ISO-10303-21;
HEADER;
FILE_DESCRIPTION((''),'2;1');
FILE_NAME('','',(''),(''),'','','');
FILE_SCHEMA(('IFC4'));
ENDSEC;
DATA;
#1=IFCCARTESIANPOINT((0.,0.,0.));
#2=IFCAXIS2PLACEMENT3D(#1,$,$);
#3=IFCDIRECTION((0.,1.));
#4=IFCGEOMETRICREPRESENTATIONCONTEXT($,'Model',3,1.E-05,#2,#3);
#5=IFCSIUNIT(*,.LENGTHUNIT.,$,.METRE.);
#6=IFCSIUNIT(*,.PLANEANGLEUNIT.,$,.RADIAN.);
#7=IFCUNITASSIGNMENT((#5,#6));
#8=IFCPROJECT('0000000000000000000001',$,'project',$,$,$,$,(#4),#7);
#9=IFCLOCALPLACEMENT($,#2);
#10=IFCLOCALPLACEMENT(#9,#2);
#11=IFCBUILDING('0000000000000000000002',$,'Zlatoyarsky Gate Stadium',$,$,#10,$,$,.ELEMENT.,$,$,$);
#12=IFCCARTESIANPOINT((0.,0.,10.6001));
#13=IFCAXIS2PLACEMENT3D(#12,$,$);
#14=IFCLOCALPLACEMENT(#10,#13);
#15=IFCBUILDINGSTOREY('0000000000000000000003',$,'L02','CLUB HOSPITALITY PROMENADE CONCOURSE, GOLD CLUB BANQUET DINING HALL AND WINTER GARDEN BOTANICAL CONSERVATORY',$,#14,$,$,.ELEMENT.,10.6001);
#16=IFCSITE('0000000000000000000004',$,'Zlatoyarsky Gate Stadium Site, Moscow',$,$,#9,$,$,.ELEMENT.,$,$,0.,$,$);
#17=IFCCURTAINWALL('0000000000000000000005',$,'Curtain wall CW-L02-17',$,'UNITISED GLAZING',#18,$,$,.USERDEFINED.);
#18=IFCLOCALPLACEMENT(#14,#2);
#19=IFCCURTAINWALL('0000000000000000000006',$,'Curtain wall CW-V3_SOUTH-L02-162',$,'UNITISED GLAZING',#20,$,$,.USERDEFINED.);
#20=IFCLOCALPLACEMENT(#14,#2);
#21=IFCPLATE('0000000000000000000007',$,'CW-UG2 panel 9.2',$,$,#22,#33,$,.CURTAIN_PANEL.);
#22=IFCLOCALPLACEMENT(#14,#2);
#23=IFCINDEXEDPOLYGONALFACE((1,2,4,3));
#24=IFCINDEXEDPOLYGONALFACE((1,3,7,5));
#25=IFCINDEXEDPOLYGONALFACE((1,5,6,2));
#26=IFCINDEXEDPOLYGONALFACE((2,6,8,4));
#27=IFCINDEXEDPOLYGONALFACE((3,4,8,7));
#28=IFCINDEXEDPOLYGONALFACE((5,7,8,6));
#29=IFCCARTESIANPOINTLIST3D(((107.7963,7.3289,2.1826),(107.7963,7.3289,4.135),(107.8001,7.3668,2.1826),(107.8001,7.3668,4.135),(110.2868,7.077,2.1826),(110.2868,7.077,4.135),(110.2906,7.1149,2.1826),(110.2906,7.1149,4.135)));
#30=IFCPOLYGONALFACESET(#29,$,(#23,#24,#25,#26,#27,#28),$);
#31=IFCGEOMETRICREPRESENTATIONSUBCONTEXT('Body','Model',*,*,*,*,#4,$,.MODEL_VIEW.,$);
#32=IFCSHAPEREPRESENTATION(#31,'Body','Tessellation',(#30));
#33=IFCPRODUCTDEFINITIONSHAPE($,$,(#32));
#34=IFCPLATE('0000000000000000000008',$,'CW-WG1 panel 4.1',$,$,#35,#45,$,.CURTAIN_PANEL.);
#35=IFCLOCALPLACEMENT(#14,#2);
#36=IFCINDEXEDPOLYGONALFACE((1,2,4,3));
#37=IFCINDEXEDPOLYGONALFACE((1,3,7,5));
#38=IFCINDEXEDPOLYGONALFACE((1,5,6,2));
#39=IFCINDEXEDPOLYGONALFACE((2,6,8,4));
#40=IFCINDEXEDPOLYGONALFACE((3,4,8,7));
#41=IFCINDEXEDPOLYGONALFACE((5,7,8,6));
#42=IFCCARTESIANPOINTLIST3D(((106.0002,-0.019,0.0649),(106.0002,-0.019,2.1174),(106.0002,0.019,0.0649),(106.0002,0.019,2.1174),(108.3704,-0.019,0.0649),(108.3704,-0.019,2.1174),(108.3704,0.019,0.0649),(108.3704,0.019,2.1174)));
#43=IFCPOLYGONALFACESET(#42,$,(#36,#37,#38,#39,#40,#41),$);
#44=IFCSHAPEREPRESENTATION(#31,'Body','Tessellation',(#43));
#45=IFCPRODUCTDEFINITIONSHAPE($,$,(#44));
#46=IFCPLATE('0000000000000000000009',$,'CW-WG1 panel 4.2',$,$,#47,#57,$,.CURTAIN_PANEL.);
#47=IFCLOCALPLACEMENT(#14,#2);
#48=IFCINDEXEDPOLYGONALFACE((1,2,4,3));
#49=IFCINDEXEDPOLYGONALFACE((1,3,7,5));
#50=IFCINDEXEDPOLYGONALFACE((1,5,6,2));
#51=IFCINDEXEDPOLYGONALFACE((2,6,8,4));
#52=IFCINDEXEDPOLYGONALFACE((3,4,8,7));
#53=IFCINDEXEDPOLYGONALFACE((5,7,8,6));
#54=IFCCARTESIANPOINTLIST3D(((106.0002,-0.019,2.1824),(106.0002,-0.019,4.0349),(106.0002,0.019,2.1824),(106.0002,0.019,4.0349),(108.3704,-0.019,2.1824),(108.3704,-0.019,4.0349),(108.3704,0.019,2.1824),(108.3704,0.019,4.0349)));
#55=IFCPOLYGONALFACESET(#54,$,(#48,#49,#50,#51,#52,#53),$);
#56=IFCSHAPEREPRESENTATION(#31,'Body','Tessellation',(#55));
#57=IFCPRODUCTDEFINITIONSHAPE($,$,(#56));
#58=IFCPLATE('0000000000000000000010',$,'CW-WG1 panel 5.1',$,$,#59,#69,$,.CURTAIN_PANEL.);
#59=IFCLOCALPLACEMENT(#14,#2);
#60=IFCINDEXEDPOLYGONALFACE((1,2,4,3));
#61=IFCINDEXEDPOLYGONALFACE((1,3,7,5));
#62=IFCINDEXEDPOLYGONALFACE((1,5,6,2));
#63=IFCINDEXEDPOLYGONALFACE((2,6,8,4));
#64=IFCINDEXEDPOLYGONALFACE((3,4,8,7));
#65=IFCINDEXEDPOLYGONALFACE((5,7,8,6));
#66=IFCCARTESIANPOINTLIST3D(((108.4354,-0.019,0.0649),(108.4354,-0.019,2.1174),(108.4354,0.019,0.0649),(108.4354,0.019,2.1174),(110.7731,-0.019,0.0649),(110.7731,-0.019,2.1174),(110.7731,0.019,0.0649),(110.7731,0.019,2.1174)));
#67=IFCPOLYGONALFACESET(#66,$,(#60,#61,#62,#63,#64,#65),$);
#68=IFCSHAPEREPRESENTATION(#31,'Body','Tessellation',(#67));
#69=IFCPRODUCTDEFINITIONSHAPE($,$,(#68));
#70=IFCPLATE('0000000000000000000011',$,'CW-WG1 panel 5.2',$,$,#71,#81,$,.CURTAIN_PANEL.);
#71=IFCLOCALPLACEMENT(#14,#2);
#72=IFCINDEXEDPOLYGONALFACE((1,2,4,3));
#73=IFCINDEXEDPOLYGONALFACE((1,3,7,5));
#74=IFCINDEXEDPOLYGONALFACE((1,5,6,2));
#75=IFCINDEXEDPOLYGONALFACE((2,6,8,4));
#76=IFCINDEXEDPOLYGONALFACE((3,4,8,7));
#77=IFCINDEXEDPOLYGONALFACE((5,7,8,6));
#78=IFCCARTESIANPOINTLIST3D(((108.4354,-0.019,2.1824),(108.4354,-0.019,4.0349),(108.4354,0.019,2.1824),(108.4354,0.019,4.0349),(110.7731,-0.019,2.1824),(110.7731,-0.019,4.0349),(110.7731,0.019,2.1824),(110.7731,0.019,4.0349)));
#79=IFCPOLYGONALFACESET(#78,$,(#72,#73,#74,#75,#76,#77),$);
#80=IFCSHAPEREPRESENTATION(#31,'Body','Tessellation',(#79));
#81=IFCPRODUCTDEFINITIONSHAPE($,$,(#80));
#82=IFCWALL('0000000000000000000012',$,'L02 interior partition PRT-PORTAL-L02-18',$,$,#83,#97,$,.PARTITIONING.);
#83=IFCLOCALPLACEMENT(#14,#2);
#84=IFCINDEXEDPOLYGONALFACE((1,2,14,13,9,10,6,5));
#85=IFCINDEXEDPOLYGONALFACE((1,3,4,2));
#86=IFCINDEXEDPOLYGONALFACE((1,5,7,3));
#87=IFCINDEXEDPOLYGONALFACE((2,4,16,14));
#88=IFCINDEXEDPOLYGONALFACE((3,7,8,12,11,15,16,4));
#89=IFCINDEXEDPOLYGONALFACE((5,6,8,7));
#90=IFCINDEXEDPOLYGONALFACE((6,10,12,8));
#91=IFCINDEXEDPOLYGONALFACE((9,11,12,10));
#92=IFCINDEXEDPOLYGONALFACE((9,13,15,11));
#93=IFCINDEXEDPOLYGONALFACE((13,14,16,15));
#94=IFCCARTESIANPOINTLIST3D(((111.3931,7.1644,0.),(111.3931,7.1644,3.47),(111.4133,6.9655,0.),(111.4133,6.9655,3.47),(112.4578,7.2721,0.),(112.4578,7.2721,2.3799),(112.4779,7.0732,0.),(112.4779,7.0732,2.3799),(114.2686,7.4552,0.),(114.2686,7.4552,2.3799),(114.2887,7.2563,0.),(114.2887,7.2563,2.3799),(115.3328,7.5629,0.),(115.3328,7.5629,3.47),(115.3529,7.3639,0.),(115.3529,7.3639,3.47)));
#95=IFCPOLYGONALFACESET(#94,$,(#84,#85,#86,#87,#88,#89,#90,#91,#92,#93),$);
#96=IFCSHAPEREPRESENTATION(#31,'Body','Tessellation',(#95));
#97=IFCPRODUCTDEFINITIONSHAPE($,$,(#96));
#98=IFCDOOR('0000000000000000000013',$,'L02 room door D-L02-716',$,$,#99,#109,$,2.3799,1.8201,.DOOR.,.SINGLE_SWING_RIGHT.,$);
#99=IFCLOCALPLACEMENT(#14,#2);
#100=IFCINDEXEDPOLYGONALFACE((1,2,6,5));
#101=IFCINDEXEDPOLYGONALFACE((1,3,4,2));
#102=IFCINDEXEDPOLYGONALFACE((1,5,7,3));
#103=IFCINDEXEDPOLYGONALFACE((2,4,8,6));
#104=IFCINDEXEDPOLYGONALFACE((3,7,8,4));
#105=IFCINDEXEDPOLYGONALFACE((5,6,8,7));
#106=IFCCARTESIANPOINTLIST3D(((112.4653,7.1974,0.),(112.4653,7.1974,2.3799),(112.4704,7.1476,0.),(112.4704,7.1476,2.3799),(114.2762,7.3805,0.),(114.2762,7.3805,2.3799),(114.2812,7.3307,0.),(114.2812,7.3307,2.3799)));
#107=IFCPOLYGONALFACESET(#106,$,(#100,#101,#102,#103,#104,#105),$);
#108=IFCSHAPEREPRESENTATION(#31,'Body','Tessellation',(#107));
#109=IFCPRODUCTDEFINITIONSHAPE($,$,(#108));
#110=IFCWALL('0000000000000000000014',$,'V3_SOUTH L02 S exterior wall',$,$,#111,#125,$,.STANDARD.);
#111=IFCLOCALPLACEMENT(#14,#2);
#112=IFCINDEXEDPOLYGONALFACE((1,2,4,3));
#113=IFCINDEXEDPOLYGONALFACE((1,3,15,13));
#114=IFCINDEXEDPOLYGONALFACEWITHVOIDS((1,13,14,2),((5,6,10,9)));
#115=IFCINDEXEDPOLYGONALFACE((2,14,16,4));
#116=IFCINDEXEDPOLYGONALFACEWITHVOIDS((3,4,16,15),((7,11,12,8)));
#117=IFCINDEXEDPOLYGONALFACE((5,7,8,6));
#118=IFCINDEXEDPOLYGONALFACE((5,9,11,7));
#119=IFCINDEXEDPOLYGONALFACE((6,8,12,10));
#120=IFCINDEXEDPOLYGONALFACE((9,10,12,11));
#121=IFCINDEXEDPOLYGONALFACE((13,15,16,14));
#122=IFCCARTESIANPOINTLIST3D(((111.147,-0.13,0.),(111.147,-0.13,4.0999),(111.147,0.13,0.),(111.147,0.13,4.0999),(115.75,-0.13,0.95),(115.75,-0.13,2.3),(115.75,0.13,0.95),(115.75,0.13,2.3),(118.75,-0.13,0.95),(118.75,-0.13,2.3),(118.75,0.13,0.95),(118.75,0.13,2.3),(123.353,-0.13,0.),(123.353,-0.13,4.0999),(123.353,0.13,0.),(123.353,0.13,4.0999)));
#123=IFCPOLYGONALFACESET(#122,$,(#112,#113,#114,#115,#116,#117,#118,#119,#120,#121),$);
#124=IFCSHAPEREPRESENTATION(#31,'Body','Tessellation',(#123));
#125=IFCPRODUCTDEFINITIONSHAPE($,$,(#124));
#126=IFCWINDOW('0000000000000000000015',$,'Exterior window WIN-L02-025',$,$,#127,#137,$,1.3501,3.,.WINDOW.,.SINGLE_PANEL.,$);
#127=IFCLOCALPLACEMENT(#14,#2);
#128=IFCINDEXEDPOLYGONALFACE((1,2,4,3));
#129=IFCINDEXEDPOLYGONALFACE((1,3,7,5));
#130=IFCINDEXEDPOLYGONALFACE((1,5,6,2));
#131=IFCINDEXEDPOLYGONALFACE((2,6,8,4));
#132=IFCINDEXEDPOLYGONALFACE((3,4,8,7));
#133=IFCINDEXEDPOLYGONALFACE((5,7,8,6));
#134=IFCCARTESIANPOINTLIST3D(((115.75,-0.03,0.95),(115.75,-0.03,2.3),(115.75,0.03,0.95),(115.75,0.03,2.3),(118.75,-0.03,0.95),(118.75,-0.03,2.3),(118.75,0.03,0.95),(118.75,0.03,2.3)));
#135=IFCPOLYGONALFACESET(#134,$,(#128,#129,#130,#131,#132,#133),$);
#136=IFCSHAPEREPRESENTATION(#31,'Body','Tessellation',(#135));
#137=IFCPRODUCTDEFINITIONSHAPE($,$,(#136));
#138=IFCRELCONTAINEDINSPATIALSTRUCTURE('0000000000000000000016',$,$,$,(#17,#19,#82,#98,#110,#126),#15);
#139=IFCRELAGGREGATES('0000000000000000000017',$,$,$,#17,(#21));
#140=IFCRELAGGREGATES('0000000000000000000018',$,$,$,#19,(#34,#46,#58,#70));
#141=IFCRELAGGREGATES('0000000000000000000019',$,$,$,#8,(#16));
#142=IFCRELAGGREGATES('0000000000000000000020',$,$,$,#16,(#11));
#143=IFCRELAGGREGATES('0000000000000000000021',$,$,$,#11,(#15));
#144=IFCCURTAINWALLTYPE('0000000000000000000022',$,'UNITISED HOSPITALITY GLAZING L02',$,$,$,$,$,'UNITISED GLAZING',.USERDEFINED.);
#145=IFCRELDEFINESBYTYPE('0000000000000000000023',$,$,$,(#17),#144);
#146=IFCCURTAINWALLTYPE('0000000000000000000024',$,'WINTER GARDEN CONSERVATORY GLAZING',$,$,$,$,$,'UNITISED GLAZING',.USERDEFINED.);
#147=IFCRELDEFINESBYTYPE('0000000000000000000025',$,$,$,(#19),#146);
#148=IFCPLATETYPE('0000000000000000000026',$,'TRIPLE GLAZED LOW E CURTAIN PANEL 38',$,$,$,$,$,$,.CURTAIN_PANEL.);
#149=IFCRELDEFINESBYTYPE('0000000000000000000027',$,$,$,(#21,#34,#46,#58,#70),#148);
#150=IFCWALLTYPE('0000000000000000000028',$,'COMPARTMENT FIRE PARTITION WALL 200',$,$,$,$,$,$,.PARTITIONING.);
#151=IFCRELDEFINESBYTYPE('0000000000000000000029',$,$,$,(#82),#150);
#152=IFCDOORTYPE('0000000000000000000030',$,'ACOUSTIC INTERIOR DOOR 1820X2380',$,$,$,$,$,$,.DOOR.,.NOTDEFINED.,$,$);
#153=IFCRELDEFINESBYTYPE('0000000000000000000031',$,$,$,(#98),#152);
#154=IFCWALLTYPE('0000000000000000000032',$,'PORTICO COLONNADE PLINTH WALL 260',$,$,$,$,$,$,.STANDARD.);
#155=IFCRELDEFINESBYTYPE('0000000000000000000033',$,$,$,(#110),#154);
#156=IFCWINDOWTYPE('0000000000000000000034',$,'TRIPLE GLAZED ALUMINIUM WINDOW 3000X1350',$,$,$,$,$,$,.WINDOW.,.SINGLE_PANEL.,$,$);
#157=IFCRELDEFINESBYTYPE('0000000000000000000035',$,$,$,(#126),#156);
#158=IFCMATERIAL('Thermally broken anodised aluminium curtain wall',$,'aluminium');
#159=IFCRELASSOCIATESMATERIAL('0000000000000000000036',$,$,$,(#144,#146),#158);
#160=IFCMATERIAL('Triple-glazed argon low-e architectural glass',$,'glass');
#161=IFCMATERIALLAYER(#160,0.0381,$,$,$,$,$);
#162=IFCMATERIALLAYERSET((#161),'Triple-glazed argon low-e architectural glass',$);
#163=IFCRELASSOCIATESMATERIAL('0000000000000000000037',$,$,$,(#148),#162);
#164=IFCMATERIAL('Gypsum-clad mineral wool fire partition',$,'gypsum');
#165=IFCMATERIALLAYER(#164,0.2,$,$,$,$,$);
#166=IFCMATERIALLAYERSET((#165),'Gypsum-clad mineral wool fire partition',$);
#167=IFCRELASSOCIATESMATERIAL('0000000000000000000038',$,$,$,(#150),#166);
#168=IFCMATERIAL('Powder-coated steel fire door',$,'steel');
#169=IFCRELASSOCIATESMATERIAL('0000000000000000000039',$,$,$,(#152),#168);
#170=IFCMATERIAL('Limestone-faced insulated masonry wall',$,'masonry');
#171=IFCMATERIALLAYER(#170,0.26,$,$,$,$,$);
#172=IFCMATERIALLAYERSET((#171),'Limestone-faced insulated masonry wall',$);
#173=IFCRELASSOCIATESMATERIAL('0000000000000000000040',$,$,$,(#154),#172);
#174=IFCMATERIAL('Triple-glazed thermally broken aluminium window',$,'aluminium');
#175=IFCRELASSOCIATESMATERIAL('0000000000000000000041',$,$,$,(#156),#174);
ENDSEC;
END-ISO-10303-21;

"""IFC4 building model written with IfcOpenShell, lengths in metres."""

from ifc_helpers import new_model, si_unit, direction, frame, frame_2d, origin, origin_2d, place, context, subcontext, project, spatial, rectangle, extrude, material, layer, layer_set, type_object, element, fill, aggregate, save


model = new_model("IFC4")

# Units and contexts
model_context = context("Model", 3, precision=1e-05, world=origin(), true_north=direction((0.0, 1.0)))
body_context = subcontext(model_context, "Body", "Model", "MODEL_VIEW")
ifc_project = project(units=[si_unit("LENGTHUNIT", "METRE"), si_unit("PLANEANGLEUNIT", "RADIAN")], contexts=[model_context])

# Site, building, storey
site_placement = place(None, origin())
site = spatial("IfcSite", under=ifc_project, at=site_placement, Name="Zlatoyarsky Gate Stadium Site, Moscow", CompositionType="ELEMENT", RefElevation=0.0)
building_placement = place(site_placement, origin())
building = spatial("IfcBuilding", under=site, at=building_placement, Name="Zlatoyarsky Gate Stadium", CompositionType="ELEMENT")
storey_placement = place(building_placement, frame((0.0, 0.0, 10.6001)))
storey = spatial("IfcBuildingStorey", under=building, at=storey_placement, Name="L02", Description="CLUB HOSPITALITY PROMENADE CONCOURSE, GOLD CLUB BANQUET DINING HALL AND WINTER GARDEN BOTANICAL CONSERVATORY", CompositionType="ELEMENT", Elevation=10.6001)

# Curtain walls
ifc_material_1 = material(Name="Thermally broken anodised aluminium curtain wall", Category="aluminium")
curtain_wall_type_1 = type_object("IfcCurtainWallType", Name="UNITISED HOSPITALITY GLAZING L02", ElementType="UNITISED GLAZING", PredefinedType="USERDEFINED", material=ifc_material_1)
curtain_wall_1_placement = place(storey_placement, origin())
curtain_wall_1 = element("IfcCurtainWall", 1, at=curtain_wall_1_placement, inside=storey, type_object=curtain_wall_type_1, Name="Curtain wall CW-L02-17", ObjectType="UNITISED GLAZING", PredefinedType="USERDEFINED")
curtain_wall_type_2 = type_object("IfcCurtainWallType", Name="WINTER GARDEN CONSERVATORY GLAZING", ElementType="UNITISED GLAZING", PredefinedType="USERDEFINED", material=ifc_material_1)
curtain_wall_2_placement = place(storey_placement, origin())
curtain_wall_2 = element("IfcCurtainWall", 2, at=curtain_wall_2_placement, inside=storey, type_object=curtain_wall_type_2, Name="Curtain wall CW-V3_SOUTH-L02-162", ObjectType="UNITISED GLAZING", PredefinedType="USERDEFINED")

# Plates
ifc_material_2 = material(Name="Triple-glazed argon low-e architectural glass", Category="glass")
ifc_layer_1 = layer(ifc_material_2, 0.0381)
ifc_layer_set_1 = layer_set([ifc_layer_1], Name="Triple-glazed argon low-e architectural glass")
plate_type_1 = type_object("IfcPlateType", Name="TRIPLE GLAZED LOW E CURTAIN PANEL 38", PredefinedType="CURTAIN_PANEL", material=ifc_layer_set_1)
plate_1_placement = place(storey_placement, frame((109.0435, 7.2219, 2.1826), z_axis=(0.0, 0.0, 1.0), x_axis=(0.994922, -0.100645, 0.0)))
plate_1 = element("IfcPlate", 3, at=plate_1_placement, type_object=plate_type_1, Name="CW-UG2 panel 9.2", PredefinedType="CURTAIN_PANEL", context=body_context, shape_type="SweptSolid", body=[
    extrude(rectangle(XDim=2.5032, YDim=0.0381, at=origin_2d()), origin(), (0.0, 0.0, 1.0), 1.9524),
])
aggregate(curtain_wall_1, [plate_1])
plate_2_placement = place(storey_placement, frame((107.1853, 0.0, 0.0649), z_axis=(0.0, 0.0, 1.0), x_axis=(1.0, 0.0, 0.0)))
plate_2 = element("IfcPlate", 4, at=plate_2_placement, type_object=plate_type_1, Name="CW-WG1 panel 4.1", PredefinedType="CURTAIN_PANEL", context=body_context, shape_type="SweptSolid", body=[
    extrude(rectangle(XDim=2.3701, YDim=0.0381, at=origin_2d()), origin(), (0.0, 0.0, 1.0), 2.0525),
])
plate_3_placement = place(storey_placement, frame((107.1853, 0.0, 2.1824), z_axis=(0.0, 0.0, 1.0), x_axis=(1.0, 0.0, 0.0)))
plate_3 = element("IfcPlate", 5, at=plate_3_placement, type_object=plate_type_1, Name="CW-WG1 panel 4.2", PredefinedType="CURTAIN_PANEL", context=body_context, shape_type="SweptSolid", body=[
    extrude(rectangle(XDim=2.3701, YDim=0.0381, at=origin_2d()), origin(), (0.0, 0.0, 1.0), 1.8525),
])
plate_4_placement = place(storey_placement, frame((109.6042, 0.0, 0.0649), z_axis=(0.0, 0.0, 1.0), x_axis=(1.0, 0.0, 0.0)))
plate_4 = element("IfcPlate", 6, at=plate_4_placement, type_object=plate_type_1, Name="CW-WG1 panel 5.1", PredefinedType="CURTAIN_PANEL", context=body_context, shape_type="SweptSolid", body=[
    extrude(rectangle(XDim=2.3376, YDim=0.0381, at=origin_2d()), origin(), (0.0, 0.0, 1.0), 2.0525),
])
plate_5_placement = place(storey_placement, frame((109.6042, 0.0, 2.1824), z_axis=(0.0, 0.0, 1.0), x_axis=(1.0, 0.0, 0.0)))
plate_5 = element("IfcPlate", 7, at=plate_5_placement, type_object=plate_type_1, Name="CW-WG1 panel 5.2", PredefinedType="CURTAIN_PANEL", context=body_context, shape_type="SweptSolid", body=[
    extrude(rectangle(XDim=2.3376, YDim=0.0381, at=origin_2d()), origin(), (0.0, 0.0, 1.0), 1.8525),
])
aggregate(curtain_wall_2, [plate_2, plate_3, plate_4, plate_5])

# Wall, opening, door
ifc_material_3 = material(Name="Gypsum-clad mineral wool fire partition", Category="gypsum")
ifc_layer_2 = layer(ifc_material_3, 0.2)
ifc_layer_set_2 = layer_set([ifc_layer_2], Name="Gypsum-clad mineral wool fire partition")
wall_type_1 = type_object("IfcWallType", Name="COMPARTMENT FIRE PARTITION WALL 200", PredefinedType="PARTITIONING", material=ifc_layer_set_2)
wall_1_placement = place(storey_placement, frame((111.4031, 7.0649, 0.0), z_axis=(0.0, 0.0, 1.0), x_axis=(0.994925, 0.100621, 0.0)))
wall_1 = element("IfcWall", 8, at=wall_1_placement, inside=storey, type_object=wall_type_1, Name="L02 interior partition PRT-PORTAL-L02-18", PredefinedType="PARTITIONING", context=body_context, shape_type="SweptSolid", body=[
    extrude(rectangle(XDim=3.9597, YDim=0.2, at=frame_2d((1.98, 0.0))), origin(), (0.0, 0.0, 1.0), 3.47),
])
opening_1_placement = place(wall_1_placement, frame((1.0701, 0.0, 0.0)))
opening_1 = element("IfcOpeningElement", 9, at=opening_1_placement, cuts=wall_1, PredefinedType="OPENING", context=body_context, shape_type="SweptSolid", body=[
    extrude(rectangle(XDim=1.8201, YDim=2.3799, at=frame_2d((0.9102, 1.1899))), frame((0.0, 0.1099, 0.0), z_axis=(0.0, -1.0, 0.0), x_axis=(1.0, 0.0, 0.0)), (0.0, 0.0, 1.0), 0.22),
])
ifc_material_4 = material(Name="Powder-coated steel fire door", Category="steel")
door_type = type_object("IfcDoorType", Name="ACOUSTIC INTERIOR DOOR 1820X2380", OperationType="NOTDEFINED", PredefinedType="DOOR", material=ifc_material_4)
door_placement = place(opening_1_placement, origin())
door = element("IfcDoor", 10, at=door_placement, inside=storey, type_object=door_type, Name="L02 room door D-L02-716", OperationType="SINGLE_SWING_RIGHT", OverallHeight=2.3799, OverallWidth=1.8201, PredefinedType="DOOR", context=body_context, shape_type="SweptSolid", body=[
    extrude(rectangle(XDim=1.8201, YDim=2.3799, at=frame_2d((0.9102, 1.1899))), frame((0.0, 0.0249, 0.0), z_axis=(0.0, -1.0, 0.0), x_axis=(1.0, 0.0, 0.0)), (0.0, 0.0, 1.0), 0.05),
])
fill(opening_1, door)

# Wall, opening, window
ifc_material_5 = material(Name="Limestone-faced insulated masonry wall", Category="masonry")
ifc_layer_3 = layer(ifc_material_5, 0.26)
ifc_layer_set_3 = layer_set([ifc_layer_3], Name="Limestone-faced insulated masonry wall")
wall_type_2 = type_object("IfcWallType", Name="PORTICO COLONNADE PLINTH WALL 260", PredefinedType="STANDARD", material=ifc_layer_set_3)
wall_2_placement = place(storey_placement, frame((111.147, 0.0, 0.0), z_axis=(0.0, 0.0, 1.0), x_axis=(1.0, 0.0, 0.0)))
wall_2 = element("IfcWall", 11, at=wall_2_placement, inside=storey, type_object=wall_type_2, Name="V3_SOUTH L02 S exterior wall", PredefinedType="STANDARD", context=body_context, shape_type="SweptSolid", body=[
    extrude(rectangle(XDim=12.2061, YDim=0.26, at=frame_2d((6.103, 0.0))), origin(), (0.0, 0.0, 1.0), 4.0999),
])
opening_2_placement = place(wall_2_placement, frame((4.603, 0.0, 0.95)))
opening_2 = element("IfcOpeningElement", 12, at=opening_2_placement, cuts=wall_2, PredefinedType="OPENING", context=body_context, shape_type="SweptSolid", body=[
    extrude(rectangle(XDim=3.0, YDim=1.3501, at=frame_2d((1.5, 0.675))), frame((0.0, 0.1399, 0.0), z_axis=(0.0, -1.0, 0.0), x_axis=(1.0, 0.0, 0.0)), (0.0, 0.0, 1.0), 0.28),
])
ifc_material_6 = material(Name="Triple-glazed thermally broken aluminium window", Category="aluminium")
window_type = type_object("IfcWindowType", Name="TRIPLE GLAZED ALUMINIUM WINDOW 3000X1350", PartitioningType="SINGLE_PANEL", PredefinedType="WINDOW", material=ifc_material_6)
window_placement = place(opening_2_placement, origin())
window = element("IfcWindow", 13, at=window_placement, inside=storey, type_object=window_type, Name="Exterior window WIN-L02-025", OverallHeight=1.3501, OverallWidth=3.0, PartitioningType="SINGLE_PANEL", PredefinedType="WINDOW", context=body_context, shape_type="SweptSolid", body=[
    extrude(rectangle(XDim=3.0, YDim=1.3501, at=frame_2d((1.5, 0.675))), frame((0.0, 0.03, 0.0), z_axis=(0.0, -1.0, 0.0), x_axis=(1.0, 0.0, 0.0)), (0.0, 0.0, 1.0), 0.0601),
])
fill(opening_2, window)

save(model, "model.ifc")
